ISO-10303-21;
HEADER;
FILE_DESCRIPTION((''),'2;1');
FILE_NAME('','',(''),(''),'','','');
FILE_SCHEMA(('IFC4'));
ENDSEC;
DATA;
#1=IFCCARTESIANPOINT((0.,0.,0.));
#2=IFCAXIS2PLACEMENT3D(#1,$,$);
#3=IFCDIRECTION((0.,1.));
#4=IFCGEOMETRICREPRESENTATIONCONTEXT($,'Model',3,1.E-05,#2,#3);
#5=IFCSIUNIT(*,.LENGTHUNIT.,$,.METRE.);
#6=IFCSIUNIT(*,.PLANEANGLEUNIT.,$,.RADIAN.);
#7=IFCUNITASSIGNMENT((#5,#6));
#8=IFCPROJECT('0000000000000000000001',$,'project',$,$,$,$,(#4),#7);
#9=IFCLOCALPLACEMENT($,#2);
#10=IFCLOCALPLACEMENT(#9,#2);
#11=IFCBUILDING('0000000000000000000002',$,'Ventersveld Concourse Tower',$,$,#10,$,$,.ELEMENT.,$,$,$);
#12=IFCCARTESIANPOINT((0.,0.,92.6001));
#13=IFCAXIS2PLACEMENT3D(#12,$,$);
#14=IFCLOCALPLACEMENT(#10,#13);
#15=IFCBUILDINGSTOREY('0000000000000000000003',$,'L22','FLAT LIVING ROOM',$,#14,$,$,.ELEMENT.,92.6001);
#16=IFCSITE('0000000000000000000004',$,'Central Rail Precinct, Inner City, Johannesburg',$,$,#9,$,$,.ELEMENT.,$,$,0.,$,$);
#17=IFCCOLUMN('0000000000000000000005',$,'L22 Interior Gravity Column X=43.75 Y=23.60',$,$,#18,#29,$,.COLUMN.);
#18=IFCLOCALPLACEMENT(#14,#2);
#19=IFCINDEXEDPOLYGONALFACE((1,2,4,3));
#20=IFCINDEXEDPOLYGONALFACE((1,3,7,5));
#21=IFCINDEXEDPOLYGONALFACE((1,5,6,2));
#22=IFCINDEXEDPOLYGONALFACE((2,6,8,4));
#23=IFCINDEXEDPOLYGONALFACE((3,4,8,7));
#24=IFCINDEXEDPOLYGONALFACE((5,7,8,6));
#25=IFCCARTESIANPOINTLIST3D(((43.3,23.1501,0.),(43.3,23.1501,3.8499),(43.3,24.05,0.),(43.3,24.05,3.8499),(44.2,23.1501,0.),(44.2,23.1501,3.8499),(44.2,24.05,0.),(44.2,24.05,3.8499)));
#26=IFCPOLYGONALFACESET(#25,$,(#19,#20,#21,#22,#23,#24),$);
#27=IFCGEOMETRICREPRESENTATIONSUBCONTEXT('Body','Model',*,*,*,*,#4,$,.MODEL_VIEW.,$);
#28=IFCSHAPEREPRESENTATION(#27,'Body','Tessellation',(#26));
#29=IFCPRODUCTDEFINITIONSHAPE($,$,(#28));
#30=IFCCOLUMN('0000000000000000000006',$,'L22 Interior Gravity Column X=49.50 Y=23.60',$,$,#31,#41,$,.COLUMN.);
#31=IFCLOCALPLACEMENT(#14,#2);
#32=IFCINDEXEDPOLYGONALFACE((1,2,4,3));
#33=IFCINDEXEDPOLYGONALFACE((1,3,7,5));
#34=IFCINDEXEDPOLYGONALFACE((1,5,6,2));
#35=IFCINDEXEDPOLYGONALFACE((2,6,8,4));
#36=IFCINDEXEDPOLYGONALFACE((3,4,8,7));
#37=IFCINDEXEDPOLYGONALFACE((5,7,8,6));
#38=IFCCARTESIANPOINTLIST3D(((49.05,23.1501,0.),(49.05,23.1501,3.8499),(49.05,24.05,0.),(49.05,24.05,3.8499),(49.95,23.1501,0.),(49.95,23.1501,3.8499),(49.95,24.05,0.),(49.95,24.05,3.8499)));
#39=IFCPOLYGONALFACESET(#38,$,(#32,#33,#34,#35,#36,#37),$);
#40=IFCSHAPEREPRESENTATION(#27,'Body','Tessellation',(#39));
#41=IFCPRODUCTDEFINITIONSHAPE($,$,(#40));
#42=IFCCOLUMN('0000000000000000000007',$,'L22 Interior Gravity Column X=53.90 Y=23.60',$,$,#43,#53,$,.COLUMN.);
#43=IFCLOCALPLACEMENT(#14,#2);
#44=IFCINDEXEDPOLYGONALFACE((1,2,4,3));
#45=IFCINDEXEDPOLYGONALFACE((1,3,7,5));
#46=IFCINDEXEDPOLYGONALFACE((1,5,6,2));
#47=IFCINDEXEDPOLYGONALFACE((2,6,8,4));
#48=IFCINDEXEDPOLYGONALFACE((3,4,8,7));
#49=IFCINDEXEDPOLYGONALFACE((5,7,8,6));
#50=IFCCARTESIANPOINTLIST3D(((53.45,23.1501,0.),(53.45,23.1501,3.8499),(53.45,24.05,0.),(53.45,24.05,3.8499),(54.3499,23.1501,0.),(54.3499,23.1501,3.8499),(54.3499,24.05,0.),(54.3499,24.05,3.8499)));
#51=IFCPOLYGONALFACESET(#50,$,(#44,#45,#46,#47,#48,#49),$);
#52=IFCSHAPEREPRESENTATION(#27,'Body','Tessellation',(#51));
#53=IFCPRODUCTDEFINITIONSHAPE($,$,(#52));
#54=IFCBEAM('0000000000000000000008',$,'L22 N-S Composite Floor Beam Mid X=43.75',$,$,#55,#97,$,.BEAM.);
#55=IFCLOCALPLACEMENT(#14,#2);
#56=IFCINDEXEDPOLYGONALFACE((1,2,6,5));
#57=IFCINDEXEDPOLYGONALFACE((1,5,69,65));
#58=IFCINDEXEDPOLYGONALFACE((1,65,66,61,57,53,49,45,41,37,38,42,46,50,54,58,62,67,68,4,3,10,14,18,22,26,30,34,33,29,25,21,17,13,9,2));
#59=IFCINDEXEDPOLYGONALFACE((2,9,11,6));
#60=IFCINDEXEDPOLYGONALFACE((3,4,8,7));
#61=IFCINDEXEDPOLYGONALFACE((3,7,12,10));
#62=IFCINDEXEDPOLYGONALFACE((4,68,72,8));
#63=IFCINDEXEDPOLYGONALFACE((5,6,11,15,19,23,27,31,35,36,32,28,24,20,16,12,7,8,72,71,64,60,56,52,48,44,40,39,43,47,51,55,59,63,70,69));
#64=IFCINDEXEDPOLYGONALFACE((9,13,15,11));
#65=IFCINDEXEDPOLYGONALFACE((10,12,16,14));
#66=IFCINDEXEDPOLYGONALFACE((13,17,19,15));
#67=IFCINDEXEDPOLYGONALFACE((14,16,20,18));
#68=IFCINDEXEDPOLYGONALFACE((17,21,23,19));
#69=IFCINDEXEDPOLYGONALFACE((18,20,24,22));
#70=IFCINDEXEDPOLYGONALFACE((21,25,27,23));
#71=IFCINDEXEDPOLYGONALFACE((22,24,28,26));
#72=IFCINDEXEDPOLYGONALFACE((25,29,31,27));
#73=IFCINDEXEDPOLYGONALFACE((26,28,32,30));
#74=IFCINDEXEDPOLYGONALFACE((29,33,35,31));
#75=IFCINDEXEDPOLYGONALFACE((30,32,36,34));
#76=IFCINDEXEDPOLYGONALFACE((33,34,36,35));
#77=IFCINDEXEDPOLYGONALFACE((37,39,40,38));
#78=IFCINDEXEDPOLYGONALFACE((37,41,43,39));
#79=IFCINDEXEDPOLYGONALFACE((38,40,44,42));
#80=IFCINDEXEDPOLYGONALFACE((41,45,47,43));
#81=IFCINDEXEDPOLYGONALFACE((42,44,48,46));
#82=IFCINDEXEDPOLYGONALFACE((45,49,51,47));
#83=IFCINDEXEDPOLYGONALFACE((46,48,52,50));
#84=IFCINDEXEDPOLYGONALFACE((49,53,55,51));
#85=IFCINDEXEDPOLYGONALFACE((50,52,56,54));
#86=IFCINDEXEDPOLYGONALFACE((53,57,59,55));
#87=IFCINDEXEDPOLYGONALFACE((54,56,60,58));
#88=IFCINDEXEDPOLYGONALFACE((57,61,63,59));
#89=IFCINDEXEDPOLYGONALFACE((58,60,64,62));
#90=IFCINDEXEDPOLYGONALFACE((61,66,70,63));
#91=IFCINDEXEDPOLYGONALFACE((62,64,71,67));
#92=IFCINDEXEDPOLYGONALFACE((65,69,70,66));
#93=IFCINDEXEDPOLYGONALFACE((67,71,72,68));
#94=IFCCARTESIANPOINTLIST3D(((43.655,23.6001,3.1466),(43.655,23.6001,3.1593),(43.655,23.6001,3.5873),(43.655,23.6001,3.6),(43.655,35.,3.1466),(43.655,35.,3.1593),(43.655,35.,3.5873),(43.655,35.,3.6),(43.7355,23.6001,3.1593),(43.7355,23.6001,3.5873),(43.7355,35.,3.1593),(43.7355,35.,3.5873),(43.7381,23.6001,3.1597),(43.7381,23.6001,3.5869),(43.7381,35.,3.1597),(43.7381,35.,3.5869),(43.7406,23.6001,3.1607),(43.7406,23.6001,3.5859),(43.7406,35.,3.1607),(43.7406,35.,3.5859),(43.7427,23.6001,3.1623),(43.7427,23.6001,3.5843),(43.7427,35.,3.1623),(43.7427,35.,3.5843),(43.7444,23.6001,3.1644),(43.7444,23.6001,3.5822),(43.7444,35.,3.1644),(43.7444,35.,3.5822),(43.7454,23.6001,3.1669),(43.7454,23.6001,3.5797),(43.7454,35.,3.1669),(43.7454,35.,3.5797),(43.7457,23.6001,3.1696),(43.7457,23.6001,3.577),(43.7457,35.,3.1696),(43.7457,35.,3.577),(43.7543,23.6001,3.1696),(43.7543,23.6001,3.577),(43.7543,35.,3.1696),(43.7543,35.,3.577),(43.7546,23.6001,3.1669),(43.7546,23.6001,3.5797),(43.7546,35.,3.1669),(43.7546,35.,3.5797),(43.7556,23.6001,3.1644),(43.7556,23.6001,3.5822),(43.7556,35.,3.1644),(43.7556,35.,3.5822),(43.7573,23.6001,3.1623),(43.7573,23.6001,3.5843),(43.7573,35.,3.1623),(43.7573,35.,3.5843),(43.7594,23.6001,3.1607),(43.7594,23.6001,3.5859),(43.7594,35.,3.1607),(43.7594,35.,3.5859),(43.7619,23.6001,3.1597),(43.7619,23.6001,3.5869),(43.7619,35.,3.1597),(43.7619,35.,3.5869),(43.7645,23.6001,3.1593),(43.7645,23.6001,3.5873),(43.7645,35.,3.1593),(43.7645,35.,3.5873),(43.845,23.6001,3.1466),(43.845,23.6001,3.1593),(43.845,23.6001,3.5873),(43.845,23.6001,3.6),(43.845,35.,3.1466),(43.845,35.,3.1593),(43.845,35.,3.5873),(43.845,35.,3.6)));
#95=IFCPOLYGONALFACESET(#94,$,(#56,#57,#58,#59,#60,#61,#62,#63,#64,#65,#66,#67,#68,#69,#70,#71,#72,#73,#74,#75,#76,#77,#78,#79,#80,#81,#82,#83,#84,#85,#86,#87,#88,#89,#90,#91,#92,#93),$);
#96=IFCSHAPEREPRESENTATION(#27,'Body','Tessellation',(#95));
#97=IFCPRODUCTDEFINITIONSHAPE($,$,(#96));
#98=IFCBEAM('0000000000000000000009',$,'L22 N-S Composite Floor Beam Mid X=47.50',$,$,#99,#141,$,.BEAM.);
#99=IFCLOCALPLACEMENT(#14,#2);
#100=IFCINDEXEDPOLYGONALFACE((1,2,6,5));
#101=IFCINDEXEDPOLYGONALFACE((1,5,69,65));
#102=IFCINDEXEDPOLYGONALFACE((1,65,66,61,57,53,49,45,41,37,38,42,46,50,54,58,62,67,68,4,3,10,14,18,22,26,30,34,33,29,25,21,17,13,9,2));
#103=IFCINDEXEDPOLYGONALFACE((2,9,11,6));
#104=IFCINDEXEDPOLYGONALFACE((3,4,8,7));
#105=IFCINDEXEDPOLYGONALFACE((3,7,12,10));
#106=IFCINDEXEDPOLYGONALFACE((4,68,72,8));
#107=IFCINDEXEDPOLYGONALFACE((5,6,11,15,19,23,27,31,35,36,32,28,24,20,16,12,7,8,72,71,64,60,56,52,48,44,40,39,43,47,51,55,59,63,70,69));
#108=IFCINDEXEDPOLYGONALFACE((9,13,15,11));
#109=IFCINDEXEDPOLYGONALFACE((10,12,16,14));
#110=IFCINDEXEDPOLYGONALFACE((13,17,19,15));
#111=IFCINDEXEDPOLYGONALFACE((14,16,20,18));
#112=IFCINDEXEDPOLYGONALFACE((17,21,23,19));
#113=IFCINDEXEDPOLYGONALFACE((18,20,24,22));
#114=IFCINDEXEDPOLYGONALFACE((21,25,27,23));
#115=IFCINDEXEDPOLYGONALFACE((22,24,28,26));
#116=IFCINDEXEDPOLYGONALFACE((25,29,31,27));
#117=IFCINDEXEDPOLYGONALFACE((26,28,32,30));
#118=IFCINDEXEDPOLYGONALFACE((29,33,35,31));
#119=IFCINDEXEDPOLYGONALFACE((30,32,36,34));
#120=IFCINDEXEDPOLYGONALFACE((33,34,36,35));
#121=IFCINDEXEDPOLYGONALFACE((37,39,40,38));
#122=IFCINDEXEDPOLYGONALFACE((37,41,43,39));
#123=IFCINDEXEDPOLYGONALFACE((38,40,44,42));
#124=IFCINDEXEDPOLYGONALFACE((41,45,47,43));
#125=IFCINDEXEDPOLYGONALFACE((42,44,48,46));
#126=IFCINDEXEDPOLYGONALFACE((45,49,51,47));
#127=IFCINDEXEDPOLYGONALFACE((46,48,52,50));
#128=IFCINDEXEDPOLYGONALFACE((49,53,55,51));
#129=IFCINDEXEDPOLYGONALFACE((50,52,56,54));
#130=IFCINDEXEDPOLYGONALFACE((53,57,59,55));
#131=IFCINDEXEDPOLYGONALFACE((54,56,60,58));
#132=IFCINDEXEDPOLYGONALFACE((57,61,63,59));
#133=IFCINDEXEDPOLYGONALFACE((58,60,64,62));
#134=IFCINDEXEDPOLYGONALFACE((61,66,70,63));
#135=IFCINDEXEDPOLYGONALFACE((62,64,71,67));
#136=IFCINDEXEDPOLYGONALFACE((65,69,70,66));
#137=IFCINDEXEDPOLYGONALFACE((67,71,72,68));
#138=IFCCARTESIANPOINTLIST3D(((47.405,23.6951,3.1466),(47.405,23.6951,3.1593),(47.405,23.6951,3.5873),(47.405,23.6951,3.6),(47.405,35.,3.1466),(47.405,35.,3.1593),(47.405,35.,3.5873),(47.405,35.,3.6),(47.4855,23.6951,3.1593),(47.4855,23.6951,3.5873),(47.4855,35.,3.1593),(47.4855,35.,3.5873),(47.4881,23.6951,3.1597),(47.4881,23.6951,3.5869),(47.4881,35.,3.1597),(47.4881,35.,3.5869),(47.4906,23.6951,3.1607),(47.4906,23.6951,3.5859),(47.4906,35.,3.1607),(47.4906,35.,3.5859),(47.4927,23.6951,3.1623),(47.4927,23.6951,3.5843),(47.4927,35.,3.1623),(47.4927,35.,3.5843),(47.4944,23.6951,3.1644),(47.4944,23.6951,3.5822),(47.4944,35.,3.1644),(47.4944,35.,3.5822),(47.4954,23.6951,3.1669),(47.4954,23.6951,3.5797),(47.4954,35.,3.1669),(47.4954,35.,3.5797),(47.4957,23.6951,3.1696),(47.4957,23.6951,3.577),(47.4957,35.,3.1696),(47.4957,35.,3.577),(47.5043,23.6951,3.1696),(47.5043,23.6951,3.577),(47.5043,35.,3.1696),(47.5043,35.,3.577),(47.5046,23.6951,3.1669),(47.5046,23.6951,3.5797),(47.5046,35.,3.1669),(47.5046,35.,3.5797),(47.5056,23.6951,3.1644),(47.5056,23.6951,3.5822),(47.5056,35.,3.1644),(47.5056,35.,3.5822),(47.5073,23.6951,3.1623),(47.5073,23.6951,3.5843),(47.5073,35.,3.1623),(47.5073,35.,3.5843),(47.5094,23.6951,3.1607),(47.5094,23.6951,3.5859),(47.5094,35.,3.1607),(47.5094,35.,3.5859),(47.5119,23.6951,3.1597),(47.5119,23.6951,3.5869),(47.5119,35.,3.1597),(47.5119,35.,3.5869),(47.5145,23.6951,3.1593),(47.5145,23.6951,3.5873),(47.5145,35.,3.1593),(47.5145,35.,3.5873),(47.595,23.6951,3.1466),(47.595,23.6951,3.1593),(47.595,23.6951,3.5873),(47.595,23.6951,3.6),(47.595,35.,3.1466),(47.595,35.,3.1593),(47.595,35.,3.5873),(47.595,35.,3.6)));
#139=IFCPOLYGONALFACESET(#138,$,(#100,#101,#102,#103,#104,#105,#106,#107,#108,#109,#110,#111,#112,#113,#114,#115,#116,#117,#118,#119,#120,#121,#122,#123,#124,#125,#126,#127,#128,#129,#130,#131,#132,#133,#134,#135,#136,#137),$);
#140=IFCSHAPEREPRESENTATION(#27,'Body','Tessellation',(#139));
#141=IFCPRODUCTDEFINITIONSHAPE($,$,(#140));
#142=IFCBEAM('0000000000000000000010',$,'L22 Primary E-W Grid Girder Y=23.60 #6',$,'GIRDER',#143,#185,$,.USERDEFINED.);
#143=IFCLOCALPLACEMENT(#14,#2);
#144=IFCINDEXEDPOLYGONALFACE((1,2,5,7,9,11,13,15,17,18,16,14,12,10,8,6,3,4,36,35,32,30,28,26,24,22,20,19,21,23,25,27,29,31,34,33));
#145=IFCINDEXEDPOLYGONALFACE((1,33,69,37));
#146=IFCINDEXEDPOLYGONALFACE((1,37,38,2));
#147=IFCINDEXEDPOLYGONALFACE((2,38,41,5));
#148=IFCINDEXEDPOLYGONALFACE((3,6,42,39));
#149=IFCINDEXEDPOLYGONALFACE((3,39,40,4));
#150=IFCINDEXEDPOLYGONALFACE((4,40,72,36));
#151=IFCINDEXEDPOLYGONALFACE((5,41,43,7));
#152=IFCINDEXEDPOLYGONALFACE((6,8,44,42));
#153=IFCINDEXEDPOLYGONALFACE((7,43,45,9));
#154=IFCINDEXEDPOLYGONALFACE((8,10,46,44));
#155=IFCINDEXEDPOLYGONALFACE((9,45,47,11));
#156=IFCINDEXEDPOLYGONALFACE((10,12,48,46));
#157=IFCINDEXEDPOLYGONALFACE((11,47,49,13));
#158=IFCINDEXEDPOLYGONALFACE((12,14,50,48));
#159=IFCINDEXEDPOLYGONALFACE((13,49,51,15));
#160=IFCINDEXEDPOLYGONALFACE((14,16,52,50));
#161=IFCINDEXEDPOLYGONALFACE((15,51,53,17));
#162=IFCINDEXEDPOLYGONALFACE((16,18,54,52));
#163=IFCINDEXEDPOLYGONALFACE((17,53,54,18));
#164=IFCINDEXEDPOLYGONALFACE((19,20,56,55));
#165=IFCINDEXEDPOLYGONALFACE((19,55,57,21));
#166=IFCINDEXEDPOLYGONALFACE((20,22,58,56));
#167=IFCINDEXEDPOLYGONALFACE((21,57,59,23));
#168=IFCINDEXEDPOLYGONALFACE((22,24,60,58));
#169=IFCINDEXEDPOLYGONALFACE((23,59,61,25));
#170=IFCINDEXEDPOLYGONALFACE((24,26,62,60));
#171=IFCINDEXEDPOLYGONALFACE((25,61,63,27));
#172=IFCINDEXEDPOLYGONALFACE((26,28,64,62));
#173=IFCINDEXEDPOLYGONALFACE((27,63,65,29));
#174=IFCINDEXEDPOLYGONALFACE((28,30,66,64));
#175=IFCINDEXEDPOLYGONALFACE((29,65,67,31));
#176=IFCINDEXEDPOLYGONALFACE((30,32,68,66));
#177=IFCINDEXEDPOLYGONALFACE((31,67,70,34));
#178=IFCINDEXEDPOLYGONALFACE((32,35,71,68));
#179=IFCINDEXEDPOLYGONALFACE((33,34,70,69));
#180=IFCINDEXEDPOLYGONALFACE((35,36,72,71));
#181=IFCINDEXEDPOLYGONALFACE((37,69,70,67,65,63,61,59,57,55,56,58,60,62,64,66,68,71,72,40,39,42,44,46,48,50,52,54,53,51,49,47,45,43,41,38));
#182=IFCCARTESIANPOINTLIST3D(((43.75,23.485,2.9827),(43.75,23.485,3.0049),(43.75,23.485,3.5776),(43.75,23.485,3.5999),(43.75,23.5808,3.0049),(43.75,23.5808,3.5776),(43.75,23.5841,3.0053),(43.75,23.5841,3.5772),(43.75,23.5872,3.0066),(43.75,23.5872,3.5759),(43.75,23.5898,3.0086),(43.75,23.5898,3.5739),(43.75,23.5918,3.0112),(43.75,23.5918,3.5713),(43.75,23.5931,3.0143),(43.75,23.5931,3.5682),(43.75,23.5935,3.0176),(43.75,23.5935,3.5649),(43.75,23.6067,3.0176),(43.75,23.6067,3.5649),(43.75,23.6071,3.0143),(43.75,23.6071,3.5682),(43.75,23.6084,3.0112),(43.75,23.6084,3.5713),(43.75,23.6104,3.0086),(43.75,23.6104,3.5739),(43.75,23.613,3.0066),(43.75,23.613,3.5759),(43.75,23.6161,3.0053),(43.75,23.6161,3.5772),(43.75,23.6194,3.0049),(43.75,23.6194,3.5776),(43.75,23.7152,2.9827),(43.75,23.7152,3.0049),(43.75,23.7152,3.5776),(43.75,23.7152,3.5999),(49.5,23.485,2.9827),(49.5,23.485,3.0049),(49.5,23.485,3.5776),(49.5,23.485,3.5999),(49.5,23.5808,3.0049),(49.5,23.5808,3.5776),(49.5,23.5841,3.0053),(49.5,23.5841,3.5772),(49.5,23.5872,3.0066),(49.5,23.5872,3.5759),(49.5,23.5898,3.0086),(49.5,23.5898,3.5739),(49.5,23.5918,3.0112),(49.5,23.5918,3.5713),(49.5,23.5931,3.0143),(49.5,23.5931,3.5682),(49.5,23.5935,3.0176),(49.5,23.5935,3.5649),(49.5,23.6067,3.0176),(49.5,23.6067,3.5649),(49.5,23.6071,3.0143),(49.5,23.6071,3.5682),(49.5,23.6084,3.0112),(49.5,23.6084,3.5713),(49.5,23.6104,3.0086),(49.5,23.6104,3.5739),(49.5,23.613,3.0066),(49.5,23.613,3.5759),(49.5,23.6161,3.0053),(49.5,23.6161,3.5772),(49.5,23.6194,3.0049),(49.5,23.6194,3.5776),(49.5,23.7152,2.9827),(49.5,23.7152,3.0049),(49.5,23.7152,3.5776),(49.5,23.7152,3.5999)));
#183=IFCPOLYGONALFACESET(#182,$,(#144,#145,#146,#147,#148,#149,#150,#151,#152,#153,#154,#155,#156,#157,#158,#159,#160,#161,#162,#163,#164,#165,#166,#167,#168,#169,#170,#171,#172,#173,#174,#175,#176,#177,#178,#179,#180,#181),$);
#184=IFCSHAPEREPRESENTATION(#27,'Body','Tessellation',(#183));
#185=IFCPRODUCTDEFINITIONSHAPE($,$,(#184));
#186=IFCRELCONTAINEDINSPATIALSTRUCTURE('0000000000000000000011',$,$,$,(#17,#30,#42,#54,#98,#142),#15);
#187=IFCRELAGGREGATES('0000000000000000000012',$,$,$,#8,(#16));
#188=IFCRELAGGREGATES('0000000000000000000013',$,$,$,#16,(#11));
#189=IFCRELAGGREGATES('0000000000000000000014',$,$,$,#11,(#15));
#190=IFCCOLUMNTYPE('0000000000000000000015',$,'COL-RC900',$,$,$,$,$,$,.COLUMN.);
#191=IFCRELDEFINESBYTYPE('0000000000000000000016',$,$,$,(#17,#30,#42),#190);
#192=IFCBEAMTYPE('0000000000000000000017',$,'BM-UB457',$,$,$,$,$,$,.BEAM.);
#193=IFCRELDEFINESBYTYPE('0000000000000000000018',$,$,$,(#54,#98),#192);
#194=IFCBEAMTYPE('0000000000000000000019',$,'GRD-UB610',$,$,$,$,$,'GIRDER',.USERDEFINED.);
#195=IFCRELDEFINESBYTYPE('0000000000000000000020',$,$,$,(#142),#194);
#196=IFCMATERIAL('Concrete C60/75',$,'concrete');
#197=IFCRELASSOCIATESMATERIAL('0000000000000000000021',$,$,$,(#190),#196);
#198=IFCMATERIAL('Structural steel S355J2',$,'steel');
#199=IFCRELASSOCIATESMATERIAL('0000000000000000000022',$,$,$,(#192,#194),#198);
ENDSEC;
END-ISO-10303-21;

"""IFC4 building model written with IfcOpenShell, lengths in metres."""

from ifc_helpers import new_model, si_unit, direction, frame, origin, origin_2d, place, context, subcontext, project, spatial, rectangle, i_section, extrude, material, material_profile, profile_set, type_object, element, save


model = new_model("IFC4")

# Units and contexts
model_context = context("Model", 3, precision=1e-05, world=origin(), true_north=direction((0.0, 1.0)))
body_context = subcontext(model_context, "Body", "Model", "MODEL_VIEW")
ifc_project = project(units=[si_unit("LENGTHUNIT", "METRE"), si_unit("PLANEANGLEUNIT", "RADIAN")], contexts=[model_context])

# Site, building, storey
site_placement = place(None, origin())
site = spatial("IfcSite", under=ifc_project, at=site_placement, Name="Central Rail Precinct, Inner City, Johannesburg", CompositionType="ELEMENT", RefElevation=0.0)
building_placement = place(site_placement, origin())
building = spatial("IfcBuilding", under=site, at=building_placement, Name="Ventersveld Concourse Tower", CompositionType="ELEMENT")
storey_placement = place(building_placement, frame((0.0, 0.0, 92.6001)))
storey = spatial("IfcBuildingStorey", under=building, at=storey_placement, Name="L22", Description="FLAT LIVING ROOM", CompositionType="ELEMENT", Elevation=92.6001)

# Columns
ifc_material_1 = material(Name="Concrete C60/75", Category="concrete")
ifc_material_profile_1 = material_profile(ifc_material_1, rectangle(XDim=0.8999, YDim=0.8999, at=origin_2d()), Name="RC 900x900")
ifc_profile_set_1 = profile_set([ifc_material_profile_1], Name="Concrete C60/75")
column_type = type_object("IfcColumnType", Name="COL-RC900", PredefinedType="COLUMN", material=ifc_profile_set_1)
for number, where, z_axis, x_axis, name in (
    (1, (43.75, 23.6001, 0.0), (0.0, 0.0, 1.0), (1.0, 0.0, 0.0), "L22 Interior Gravity Column X=43.75 Y=23.60"),
    (2, (49.5, 23.6001, 0.0), (0.0, 0.0, 1.0), (1.0, 0.0, 0.0), "L22 Interior Gravity Column X=49.50 Y=23.60"),
    (3, (53.8999, 23.6001, 0.0), (0.0, 0.0, 1.0), (1.0, 0.0, 0.0), "L22 Interior Gravity Column X=53.90 Y=23.60"),
):
    element("IfcColumn", number, at=place(storey_placement, frame(where, z_axis=z_axis, x_axis=x_axis)), inside=storey, type_object=column_type, Name=name, PredefinedType="COLUMN", context=body_context, shape_type="SweptSolid", body=[
        extrude(rectangle(XDim=0.8999, YDim=0.8999, at=origin_2d()), origin(), (0.0, 0.0, 1.0), 3.8499),
    ])

# Beams
ifc_material_2 = material(Name="Structural steel S355J2", Category="steel")
ifc_material_profile_2 = material_profile(ifc_material_2, i_section(OverallWidth=0.1899, OverallDepth=0.4534, WebThickness=0.0085, FlangeThickness=0.0127, FilletRadius=0.0103, at=origin_2d()), Name="UB 457x191x67")
ifc_profile_set_2 = profile_set([ifc_material_profile_2], Name="Structural steel S355J2")
beam_type_1 = type_object("IfcBeamType", Name="BM-UB457", PredefinedType="BEAM", material=ifc_profile_set_2)
beam_1_placement = place(storey_placement, frame((43.75, 23.6001, 3.3733), z_axis=(0.0, 1.0, 0.0), x_axis=(-1.0, 0.0, 0.0)))
element("IfcBeam", 4, at=beam_1_placement, inside=storey, type_object=beam_type_1, Name="L22 N-S Composite Floor Beam Mid X=43.75", PredefinedType="BEAM", context=body_context, shape_type="SweptSolid", body=[
    extrude(i_section(OverallWidth=0.1899, OverallDepth=0.4534, WebThickness=0.0085, FlangeThickness=0.0127, FilletRadius=0.0103, at=origin_2d()), origin(), (0.0, 0.0, 1.0), 11.3999),
])
beam_2_placement = place(storey_placement, frame((47.5, 23.6951, 3.3733), z_axis=(0.0, 1.0, 0.0), x_axis=(-1.0, 0.0, 0.0)))
element("IfcBeam", 5, at=beam_2_placement, inside=storey, type_object=beam_type_1, Name="L22 N-S Composite Floor Beam Mid X=47.50", PredefinedType="BEAM", context=body_context, shape_type="SweptSolid", body=[
    extrude(i_section(OverallWidth=0.1899, OverallDepth=0.4534, WebThickness=0.0085, FlangeThickness=0.0127, FilletRadius=0.0103, at=origin_2d()), origin(), (0.0, 0.0, 1.0), 11.3049),
])
ifc_material_profile_3 = material_profile(ifc_material_2, i_section(OverallWidth=0.2302, OverallDepth=0.6172, WebThickness=0.0132, FlangeThickness=0.0222, FilletRadius=0.0127, at=origin_2d()), Name="UB 610x229x140")
ifc_profile_set_3 = profile_set([ifc_material_profile_3], Name="Structural steel S355J2")
beam_type_2 = type_object("IfcBeamType", Name="GRD-UB610", ElementType="GIRDER", PredefinedType="USERDEFINED", material=ifc_profile_set_3)
beam_3_placement = place(storey_placement, frame((43.75, 23.6001, 3.2913), z_axis=(1.0, 0.0, 0.0), x_axis=(0.0, 1.0, 0.0)))
element("IfcBeam", 6, at=beam_3_placement, inside=storey, type_object=beam_type_2, Name="L22 Primary E-W Grid Girder Y=23.60 #6", ObjectType="GIRDER", PredefinedType="USERDEFINED", context=body_context, shape_type="SweptSolid", body=[
    extrude(i_section(OverallWidth=0.2302, OverallDepth=0.6172, WebThickness=0.0132, FlangeThickness=0.0222, FilletRadius=0.0127, at=origin_2d()), origin(), (0.0, 0.0, 1.0), 5.75),
])

save(model, "model.ifc")
